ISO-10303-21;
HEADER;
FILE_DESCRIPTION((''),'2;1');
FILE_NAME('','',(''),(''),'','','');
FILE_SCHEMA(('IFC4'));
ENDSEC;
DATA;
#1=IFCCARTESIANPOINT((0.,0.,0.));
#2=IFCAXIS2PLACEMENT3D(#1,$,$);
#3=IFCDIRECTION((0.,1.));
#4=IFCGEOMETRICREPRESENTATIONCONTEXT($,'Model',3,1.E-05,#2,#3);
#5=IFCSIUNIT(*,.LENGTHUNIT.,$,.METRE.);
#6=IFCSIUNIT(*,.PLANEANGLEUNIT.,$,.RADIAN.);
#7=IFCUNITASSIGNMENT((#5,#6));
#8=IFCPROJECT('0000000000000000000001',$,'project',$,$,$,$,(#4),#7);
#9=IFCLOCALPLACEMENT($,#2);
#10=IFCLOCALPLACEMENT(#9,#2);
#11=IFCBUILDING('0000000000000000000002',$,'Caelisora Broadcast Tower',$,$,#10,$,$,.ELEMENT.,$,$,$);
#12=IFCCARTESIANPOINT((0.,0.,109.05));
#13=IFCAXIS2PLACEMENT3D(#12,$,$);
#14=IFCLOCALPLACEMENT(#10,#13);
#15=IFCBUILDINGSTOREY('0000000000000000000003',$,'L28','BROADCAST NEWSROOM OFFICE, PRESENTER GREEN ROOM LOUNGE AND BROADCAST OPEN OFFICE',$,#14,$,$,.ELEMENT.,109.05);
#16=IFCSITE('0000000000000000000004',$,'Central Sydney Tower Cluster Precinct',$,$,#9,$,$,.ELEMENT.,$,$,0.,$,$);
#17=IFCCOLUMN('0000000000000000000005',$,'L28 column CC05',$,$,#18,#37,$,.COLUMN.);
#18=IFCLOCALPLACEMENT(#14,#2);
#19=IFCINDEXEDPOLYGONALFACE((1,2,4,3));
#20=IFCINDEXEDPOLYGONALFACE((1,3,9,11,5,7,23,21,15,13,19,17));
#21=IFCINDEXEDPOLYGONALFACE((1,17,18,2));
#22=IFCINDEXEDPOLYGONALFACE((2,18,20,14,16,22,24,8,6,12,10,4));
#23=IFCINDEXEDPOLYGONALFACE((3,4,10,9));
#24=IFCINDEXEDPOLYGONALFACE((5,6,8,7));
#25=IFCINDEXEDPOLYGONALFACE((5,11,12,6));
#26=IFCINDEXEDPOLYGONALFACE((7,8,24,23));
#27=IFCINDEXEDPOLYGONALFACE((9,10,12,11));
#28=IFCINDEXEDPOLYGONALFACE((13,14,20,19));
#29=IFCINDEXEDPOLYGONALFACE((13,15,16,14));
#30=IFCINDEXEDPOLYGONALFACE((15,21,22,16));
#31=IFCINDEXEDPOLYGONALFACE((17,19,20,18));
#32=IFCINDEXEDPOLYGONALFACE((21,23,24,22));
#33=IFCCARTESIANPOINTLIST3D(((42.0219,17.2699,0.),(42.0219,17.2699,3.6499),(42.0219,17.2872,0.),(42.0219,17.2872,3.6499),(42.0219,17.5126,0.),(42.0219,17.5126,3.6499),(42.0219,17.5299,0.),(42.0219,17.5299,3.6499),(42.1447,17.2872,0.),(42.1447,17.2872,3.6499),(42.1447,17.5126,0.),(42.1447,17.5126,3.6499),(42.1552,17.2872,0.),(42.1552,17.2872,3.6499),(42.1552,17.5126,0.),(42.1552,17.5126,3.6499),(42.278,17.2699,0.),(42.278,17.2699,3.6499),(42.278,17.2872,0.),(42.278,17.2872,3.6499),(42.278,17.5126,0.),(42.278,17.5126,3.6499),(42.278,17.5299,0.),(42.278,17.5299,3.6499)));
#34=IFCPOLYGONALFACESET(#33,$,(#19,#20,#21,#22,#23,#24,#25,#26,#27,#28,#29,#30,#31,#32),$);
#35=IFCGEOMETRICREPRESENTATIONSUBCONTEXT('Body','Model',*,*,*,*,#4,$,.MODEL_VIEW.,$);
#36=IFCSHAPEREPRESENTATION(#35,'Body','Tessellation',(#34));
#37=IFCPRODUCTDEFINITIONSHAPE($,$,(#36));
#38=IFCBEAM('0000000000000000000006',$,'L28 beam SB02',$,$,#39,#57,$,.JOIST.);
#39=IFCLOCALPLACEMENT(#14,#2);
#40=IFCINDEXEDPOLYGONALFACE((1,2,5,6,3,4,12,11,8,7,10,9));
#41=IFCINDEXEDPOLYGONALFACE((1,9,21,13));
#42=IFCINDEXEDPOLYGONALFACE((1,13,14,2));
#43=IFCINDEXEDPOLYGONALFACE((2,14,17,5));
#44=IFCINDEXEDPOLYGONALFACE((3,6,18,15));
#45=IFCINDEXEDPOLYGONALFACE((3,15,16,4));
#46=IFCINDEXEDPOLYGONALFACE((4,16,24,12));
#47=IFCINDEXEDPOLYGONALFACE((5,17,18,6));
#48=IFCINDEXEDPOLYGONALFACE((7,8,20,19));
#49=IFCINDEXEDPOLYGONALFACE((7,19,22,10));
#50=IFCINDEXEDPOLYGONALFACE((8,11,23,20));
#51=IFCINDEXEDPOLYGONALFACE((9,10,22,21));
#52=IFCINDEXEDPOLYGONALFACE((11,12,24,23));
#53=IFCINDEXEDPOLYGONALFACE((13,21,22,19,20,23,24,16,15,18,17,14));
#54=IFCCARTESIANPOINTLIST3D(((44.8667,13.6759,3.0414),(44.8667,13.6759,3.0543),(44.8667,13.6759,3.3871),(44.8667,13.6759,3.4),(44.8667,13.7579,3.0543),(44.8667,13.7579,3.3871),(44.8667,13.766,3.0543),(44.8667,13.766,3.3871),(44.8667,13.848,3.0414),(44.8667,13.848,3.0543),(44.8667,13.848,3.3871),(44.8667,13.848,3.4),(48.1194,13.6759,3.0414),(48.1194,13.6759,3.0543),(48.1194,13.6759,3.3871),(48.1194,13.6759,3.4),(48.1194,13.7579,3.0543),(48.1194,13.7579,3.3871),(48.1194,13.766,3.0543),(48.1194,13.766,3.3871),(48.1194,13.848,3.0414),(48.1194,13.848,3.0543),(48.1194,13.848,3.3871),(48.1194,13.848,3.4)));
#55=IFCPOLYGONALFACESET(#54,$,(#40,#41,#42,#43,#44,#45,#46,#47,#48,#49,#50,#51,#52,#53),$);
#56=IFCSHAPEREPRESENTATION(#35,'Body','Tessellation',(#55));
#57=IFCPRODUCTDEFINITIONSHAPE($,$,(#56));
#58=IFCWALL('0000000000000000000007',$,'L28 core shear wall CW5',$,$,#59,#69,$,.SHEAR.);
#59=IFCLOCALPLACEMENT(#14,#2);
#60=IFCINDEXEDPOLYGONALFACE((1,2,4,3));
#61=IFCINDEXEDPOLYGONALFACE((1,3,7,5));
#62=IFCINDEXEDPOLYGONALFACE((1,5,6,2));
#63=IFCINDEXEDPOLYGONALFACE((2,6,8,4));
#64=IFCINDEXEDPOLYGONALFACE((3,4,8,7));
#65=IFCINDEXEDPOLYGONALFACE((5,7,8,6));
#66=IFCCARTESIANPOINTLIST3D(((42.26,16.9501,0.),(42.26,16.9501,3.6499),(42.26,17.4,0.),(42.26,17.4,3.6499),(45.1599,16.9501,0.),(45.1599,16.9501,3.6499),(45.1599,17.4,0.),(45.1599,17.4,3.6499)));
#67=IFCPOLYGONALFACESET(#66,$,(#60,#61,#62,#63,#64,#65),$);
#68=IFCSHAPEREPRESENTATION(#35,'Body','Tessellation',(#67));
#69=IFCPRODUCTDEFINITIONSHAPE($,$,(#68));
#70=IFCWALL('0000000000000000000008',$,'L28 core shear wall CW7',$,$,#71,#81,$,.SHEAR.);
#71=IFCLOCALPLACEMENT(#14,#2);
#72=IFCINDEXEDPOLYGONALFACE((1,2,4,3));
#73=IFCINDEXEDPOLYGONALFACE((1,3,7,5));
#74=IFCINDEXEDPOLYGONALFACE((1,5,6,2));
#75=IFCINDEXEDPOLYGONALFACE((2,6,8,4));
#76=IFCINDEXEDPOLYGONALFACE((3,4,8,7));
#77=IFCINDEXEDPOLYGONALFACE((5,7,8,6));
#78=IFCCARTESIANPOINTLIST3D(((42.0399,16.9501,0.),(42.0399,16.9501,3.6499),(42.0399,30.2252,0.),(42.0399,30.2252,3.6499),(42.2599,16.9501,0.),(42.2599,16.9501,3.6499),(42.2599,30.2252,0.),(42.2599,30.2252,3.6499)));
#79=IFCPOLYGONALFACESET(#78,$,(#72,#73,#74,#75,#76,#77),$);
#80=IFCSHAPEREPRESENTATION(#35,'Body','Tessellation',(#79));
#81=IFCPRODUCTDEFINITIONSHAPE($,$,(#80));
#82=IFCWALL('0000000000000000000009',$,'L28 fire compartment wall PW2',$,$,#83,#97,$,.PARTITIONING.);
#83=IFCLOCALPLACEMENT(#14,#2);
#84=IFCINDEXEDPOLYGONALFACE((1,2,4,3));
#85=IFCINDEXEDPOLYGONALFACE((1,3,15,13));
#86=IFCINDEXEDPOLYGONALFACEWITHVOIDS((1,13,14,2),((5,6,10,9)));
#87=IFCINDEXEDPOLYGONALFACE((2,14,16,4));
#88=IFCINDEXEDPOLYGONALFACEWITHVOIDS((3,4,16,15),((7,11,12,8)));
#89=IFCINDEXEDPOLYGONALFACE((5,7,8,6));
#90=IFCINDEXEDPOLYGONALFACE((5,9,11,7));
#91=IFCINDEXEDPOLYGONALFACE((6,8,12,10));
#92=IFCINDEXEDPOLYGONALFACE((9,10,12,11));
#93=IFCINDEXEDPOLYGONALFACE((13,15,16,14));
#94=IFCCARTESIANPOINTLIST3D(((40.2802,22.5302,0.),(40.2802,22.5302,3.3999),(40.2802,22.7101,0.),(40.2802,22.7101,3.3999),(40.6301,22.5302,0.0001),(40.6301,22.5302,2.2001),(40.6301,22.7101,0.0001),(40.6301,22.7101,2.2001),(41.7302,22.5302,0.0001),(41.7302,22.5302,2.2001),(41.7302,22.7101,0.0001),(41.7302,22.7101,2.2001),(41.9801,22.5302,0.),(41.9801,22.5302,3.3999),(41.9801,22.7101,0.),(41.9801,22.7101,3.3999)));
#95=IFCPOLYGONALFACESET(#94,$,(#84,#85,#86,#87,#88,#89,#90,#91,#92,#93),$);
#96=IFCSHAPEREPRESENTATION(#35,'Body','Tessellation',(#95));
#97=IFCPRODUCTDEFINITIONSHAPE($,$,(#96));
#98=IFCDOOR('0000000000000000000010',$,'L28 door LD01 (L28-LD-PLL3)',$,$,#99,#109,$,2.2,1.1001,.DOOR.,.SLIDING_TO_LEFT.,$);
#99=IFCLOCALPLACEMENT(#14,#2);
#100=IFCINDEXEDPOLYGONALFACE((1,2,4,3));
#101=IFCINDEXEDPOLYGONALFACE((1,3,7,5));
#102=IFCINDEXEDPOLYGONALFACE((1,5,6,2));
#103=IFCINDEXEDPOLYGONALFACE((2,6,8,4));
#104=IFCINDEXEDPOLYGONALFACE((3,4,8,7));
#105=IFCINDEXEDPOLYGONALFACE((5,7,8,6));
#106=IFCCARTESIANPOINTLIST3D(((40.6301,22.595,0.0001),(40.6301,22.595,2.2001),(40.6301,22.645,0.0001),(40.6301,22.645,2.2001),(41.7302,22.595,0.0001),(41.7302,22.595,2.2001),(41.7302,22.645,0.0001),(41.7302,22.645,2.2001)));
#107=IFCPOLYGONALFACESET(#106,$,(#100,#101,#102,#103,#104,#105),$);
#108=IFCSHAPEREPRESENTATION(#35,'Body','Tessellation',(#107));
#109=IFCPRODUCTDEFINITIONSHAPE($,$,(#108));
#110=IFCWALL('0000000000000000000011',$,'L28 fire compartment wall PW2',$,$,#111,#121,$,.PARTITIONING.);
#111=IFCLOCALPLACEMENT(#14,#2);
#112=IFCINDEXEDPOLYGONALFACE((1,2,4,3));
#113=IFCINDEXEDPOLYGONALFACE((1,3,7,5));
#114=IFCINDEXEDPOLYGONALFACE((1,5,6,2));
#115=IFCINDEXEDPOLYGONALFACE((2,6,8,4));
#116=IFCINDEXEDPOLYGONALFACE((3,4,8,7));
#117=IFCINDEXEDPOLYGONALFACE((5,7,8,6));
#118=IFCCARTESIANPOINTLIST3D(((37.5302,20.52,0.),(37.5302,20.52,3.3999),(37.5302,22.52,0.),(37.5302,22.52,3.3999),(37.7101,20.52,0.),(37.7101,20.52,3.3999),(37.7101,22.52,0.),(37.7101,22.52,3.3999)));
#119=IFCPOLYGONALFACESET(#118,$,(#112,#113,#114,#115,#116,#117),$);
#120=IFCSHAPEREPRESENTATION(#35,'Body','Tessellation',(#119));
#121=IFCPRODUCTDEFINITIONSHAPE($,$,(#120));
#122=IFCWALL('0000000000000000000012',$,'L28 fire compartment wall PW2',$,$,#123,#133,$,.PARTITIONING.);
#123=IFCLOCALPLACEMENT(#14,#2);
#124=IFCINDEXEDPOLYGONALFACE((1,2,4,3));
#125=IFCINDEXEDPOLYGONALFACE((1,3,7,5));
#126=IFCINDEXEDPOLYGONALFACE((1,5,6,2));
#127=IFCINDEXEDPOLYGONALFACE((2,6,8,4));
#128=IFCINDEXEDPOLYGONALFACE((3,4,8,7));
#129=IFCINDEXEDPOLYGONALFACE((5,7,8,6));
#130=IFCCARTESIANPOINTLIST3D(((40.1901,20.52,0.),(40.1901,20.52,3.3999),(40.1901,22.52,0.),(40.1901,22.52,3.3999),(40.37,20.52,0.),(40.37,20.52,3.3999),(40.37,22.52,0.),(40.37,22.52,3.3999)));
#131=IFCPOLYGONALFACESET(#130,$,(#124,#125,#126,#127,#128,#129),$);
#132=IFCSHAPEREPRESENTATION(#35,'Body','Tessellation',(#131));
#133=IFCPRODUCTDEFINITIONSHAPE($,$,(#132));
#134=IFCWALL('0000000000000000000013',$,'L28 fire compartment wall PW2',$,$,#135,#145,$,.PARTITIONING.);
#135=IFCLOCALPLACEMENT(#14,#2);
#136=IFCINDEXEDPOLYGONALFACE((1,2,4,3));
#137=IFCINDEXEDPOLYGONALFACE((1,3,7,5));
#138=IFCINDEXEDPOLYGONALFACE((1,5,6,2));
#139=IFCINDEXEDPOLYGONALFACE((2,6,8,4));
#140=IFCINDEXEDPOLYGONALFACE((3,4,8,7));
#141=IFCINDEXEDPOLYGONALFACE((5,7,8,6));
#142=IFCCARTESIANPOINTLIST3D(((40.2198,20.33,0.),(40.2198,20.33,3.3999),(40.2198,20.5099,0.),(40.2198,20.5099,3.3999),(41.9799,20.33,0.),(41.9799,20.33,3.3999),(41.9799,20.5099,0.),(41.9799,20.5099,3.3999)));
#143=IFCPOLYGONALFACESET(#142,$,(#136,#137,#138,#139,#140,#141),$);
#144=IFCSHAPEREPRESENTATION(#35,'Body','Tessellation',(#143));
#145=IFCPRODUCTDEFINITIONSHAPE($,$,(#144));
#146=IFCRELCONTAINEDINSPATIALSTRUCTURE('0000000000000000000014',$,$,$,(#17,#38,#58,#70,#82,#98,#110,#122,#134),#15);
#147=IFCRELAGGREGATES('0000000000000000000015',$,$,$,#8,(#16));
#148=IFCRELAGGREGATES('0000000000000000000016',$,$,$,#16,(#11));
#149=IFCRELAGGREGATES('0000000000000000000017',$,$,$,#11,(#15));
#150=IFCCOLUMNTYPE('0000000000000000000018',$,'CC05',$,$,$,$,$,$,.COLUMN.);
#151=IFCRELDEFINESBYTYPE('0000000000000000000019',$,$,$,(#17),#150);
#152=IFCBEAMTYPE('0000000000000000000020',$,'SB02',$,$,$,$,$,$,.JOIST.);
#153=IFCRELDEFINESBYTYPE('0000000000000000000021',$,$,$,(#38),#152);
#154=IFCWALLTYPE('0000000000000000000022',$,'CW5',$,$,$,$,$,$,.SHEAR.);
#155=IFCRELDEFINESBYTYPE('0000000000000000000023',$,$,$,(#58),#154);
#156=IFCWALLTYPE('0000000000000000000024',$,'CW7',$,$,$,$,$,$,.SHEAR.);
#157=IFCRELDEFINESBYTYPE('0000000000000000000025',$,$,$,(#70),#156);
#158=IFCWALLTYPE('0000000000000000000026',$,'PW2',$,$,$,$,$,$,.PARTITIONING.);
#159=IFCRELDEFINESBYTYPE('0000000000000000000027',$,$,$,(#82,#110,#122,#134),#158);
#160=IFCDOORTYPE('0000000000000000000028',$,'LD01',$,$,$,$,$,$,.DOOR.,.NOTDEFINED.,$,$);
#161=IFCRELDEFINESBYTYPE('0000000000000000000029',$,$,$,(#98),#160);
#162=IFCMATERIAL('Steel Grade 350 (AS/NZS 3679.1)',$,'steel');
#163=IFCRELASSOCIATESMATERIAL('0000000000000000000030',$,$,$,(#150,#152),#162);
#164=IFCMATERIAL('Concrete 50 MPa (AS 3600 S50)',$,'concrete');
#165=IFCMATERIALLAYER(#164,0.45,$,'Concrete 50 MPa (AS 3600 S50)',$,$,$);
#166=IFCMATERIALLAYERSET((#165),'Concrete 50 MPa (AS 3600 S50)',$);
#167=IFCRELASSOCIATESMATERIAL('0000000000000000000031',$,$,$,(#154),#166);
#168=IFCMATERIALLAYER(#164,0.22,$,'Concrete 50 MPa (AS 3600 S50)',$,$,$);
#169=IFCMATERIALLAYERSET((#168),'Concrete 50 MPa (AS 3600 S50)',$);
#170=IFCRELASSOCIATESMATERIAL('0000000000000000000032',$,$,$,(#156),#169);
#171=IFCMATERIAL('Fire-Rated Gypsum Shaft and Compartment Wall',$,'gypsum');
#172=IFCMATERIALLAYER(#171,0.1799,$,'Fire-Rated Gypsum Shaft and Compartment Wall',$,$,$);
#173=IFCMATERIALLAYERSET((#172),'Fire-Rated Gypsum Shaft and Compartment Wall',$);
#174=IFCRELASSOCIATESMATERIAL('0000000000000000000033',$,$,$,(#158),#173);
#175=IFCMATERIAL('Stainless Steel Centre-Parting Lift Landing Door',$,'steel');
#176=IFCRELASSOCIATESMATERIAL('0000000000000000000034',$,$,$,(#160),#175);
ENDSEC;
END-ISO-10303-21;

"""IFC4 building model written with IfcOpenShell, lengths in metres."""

from ifc_helpers import new_model, si_unit, direction, frame, frame_2d, origin, origin_2d, place, context, subcontext, project, spatial, rectangle, i_section, extrude, source, transform, mapped, material, layer, layer_set, material_profile, profile_set, type_object, type_shapes, element, fill, save


model = new_model("IFC4")

# Units and contexts
model_context = context("Model", 3, precision=1e-05, world=origin(), true_north=direction((0.0, 1.0)))
body_context = subcontext(model_context, "Body", "Model", "MODEL_VIEW")
ifc_project = project(units=[si_unit("LENGTHUNIT", "METRE"), si_unit("PLANEANGLEUNIT", "RADIAN")], contexts=[model_context])

# Site, building, storey
site_placement = place(None, origin())
site = spatial("IfcSite", under=ifc_project, at=site_placement, Name="Central Sydney Tower Cluster Precinct", CompositionType="ELEMENT", RefElevation=0.0)
building_placement = place(site_placement, origin())
building = spatial("IfcBuilding", under=site, at=building_placement, Name="Caelisora Broadcast Tower", CompositionType="ELEMENT")
storey_placement = place(building_placement, frame((0.0, 0.0, 109.05)))
storey = spatial("IfcBuildingStorey", under=building, at=storey_placement, Name="L28", Description="BROADCAST NEWSROOM OFFICE, PRESENTER GREEN ROOM LOUNGE AND BROADCAST OPEN OFFICE", CompositionType="ELEMENT", Elevation=109.05)

# Column
ifc_material_1 = material(Name="Steel Grade 350 (AS/NZS 3679.1)", Category="steel")
ifc_material_profile_1 = material_profile(ifc_material_1, i_section(OverallWidth=0.2561, OverallDepth=0.26, WebThickness=0.0105, FlangeThickness=0.0173, at=origin_2d()), Name="Steel Grade 350 (AS/NZS 3679.1)")
ifc_profile_set_1 = profile_set([ifc_material_profile_1], Name="Steel Grade 350 (AS/NZS 3679.1)")
column_type = type_object("IfcColumnType", Name="CC05", PredefinedType="COLUMN", material=ifc_profile_set_1)
shared_shape_1 = source(origin(), body_context, "Body", "SweptSolid", [
    extrude(i_section(OverallWidth=0.2561, OverallDepth=0.26, WebThickness=0.0105, FlangeThickness=0.0173, at=origin_2d()), origin(), (0.0, 0.0, 1.0), 3.6499),
])
type_shapes(column_type, [shared_shape_1])
column_placement = place(storey_placement, frame((42.1499, 17.3999, 0.0), z_axis=(0.0, 0.0, 1.0), x_axis=(1.0, 0.0, 0.0)))
element("IfcColumn", 1, at=column_placement, inside=storey, type_object=column_type, Name="L28 column CC05", PredefinedType="COLUMN", context=body_context, shape_type="MappedRepresentation", body=[
    mapped(shared_shape_1, transform((0.0, 0.0, 0.0), scale=1.0)),
])

# Beam
ifc_material_profile_2 = material_profile(ifc_material_1, i_section(OverallWidth=0.1721, OverallDepth=0.3586, WebThickness=0.0081, FlangeThickness=0.0129, at=origin_2d()), Name="Steel Grade 350 (AS/NZS 3679.1)")
ifc_profile_set_2 = profile_set([ifc_material_profile_2], Name="Steel Grade 350 (AS/NZS 3679.1)")
beam_type = type_object("IfcBeamType", Name="SB02", PredefinedType="JOIST", material=ifc_profile_set_2)
shared_shape_2 = source(origin(), body_context, "Body", "SweptSolid", [
    extrude(i_section(OverallWidth=0.1721, OverallDepth=0.3586, WebThickness=0.0081, FlangeThickness=0.0129, at=origin_2d()), origin(), (0.0, 0.0, 1.0), 3.2527),
])
type_shapes(beam_type, [shared_shape_2])
beam_placement = place(storey_placement, frame((44.8667, 13.762, 3.2207), z_axis=(1.0, 0.0, 0.0), x_axis=(0.0, 1.0, 0.0)))
element("IfcBeam", 2, at=beam_placement, inside=storey, type_object=beam_type, Name="L28 beam SB02", PredefinedType="JOIST", context=body_context, shape_type="MappedRepresentation", body=[
    mapped(shared_shape_2, transform((0.0, 0.0, 0.0), scale=1.0)),
])

# Walls
ifc_material_2 = material(Name="Concrete 50 MPa (AS 3600 S50)", Category="concrete")
ifc_layer_1 = layer(ifc_material_2, 0.45, Name="Concrete 50 MPa (AS 3600 S50)")
ifc_layer_set_1 = layer_set([ifc_layer_1], Name="Concrete 50 MPa (AS 3600 S50)")
wall_type_1 = type_object("IfcWallType", Name="CW5", PredefinedType="SHEAR", material=ifc_layer_set_1)
wall_1_placement = place(storey_placement, frame((42.26, 17.175, 0.0), z_axis=(0.0, 0.0, 1.0), x_axis=(1.0, 0.0, 0.0)))
element("IfcWall", 3, at=wall_1_placement, inside=storey, type_object=wall_type_1, Name="L28 core shear wall CW5", PredefinedType="SHEAR", context=body_context, shape_type="SweptSolid", body=[
    extrude(rectangle(XDim=2.8999, YDim=0.45, at=frame_2d((1.45, 0.0))), origin(), (0.0, 0.0, 1.0), 3.6499),
])
ifc_layer_2 = layer(ifc_material_2, 0.22, Name="Concrete 50 MPa (AS 3600 S50)")
ifc_layer_set_2 = layer_set([ifc_layer_2], Name="Concrete 50 MPa (AS 3600 S50)")
wall_type_2 = type_object("IfcWallType", Name="CW7", PredefinedType="SHEAR", material=ifc_layer_set_2)
wall_2_placement = place(storey_placement, frame((42.1499, 16.95, 0.0), z_axis=(0.0, 0.0, 1.0), x_axis=(0.0, 1.0, 0.0)))
element("IfcWall", 4, at=wall_2_placement, inside=storey, type_object=wall_type_2, Name="L28 core shear wall CW7", PredefinedType="SHEAR", context=body_context, shape_type="SweptSolid", body=[
    extrude(rectangle(XDim=13.2751, YDim=0.22, at=frame_2d((6.6377, 0.0))), origin(), (0.0, 0.0, 1.0), 3.6499),
])

# Wall, opening, door
ifc_material_3 = material(Name="Fire-Rated Gypsum Shaft and Compartment Wall", Category="gypsum")
ifc_layer_3 = layer(ifc_material_3, 0.1799, Name="Fire-Rated Gypsum Shaft and Compartment Wall")
ifc_layer_set_3 = layer_set([ifc_layer_3], Name="Fire-Rated Gypsum Shaft and Compartment Wall")
wall_type_3 = type_object("IfcWallType", Name="PW2", PredefinedType="PARTITIONING", material=ifc_layer_set_3)
wall_3_placement = place(storey_placement, frame((40.28, 22.6201, 0.0), z_axis=(0.0, 0.0, 1.0), x_axis=(1.0, 0.0, 0.0)))
wall_3 = element("IfcWall", 5, at=wall_3_placement, inside=storey, type_object=wall_type_3, Name="L28 fire compartment wall PW2", PredefinedType="PARTITIONING", context=body_context, shape_type="SweptSolid", body=[
    extrude(rectangle(XDim=1.7, YDim=0.1799, at=frame_2d((0.8501, 0.0))), origin(), (0.0, 0.0, 1.0), 3.3999),
])
opening_1_placement = place(wall_3_placement, frame((0.3501, 0.0, 0.0)))
opening_1 = element("IfcOpeningElement", 6, at=opening_1_placement, cuts=wall_3, PredefinedType="OPENING", context=body_context, shape_type="SweptSolid", body=[
    extrude(rectangle(XDim=1.1001, YDim=2.2, at=frame_2d((0.55, 1.1001))), frame((0.0, 0.1021, 0.0), z_axis=(0.0, -1.0, 0.0), x_axis=(1.0, 0.0, 0.0)), (0.0, 0.0, 1.0), 0.2039),
])
ifc_material_4 = material(Name="Stainless Steel Centre-Parting Lift Landing Door", Category="steel")
door_type_1 = type_object("IfcDoorType", Name="LD01", OperationType="NOTDEFINED", PredefinedType="DOOR", material=ifc_material_4)
door_1_placement = place(opening_1_placement, origin())
door_1 = element("IfcDoor", 7, at=door_1_placement, inside=storey, type_object=door_type_1, Name="L28 door LD01 (L28-LD-PLL3)", OperationType="SLIDING_TO_LEFT", OverallHeight=2.2, OverallWidth=1.1001, PredefinedType="DOOR", context=body_context, shape_type="SweptSolid", body=[
    extrude(rectangle(XDim=1.1001, YDim=2.2, at=frame_2d((0.55, 1.1001))), frame((0.0, 0.0249, 0.0), z_axis=(0.0, -1.0, 0.0), x_axis=(1.0, 0.0, 0.0)), (0.0, 0.0, 1.0), 0.05),
])
fill(opening_1, door_1)

# Walls
for number, where, z_axis, x_axis, name in (
    (8, (37.6201, 20.52, 0.0), (0.0, 0.0, 1.0), (0.0, 1.0, 0.0), "L28 fire compartment wall PW2"),
    (9, (40.28, 20.52, 0.0), (0.0, 0.0, 1.0), (0.0, 1.0, 0.0), "L28 fire compartment wall PW2"),
):
    element("IfcWall", number, at=place(storey_placement, frame(where, z_axis=z_axis, x_axis=x_axis)), inside=storey, type_object=wall_type_3, Name=name, PredefinedType="PARTITIONING", context=body_context, shape_type="SweptSolid", body=[
        extrude(rectangle(XDim=2.0, YDim=0.1799, at=frame_2d((1.0, 0.0))), origin(), (0.0, 0.0, 1.0), 3.3999),
    ])
wall_4_placement = place(storey_placement, frame((40.22, 20.4199, 0.0), z_axis=(0.0, 0.0, 1.0), x_axis=(1.0, 0.0, 0.0)))
element("IfcWall", 10, at=wall_4_placement, inside=storey, type_object=wall_type_3, Name="L28 fire compartment wall PW2", PredefinedType="PARTITIONING", context=body_context, shape_type="SweptSolid", body=[
    extrude(rectangle(XDim=1.76, YDim=0.1799, at=frame_2d((0.8799, 0.0))), origin(), (0.0, 0.0, 1.0), 3.3999),
])

save(model, "model.ifc")
